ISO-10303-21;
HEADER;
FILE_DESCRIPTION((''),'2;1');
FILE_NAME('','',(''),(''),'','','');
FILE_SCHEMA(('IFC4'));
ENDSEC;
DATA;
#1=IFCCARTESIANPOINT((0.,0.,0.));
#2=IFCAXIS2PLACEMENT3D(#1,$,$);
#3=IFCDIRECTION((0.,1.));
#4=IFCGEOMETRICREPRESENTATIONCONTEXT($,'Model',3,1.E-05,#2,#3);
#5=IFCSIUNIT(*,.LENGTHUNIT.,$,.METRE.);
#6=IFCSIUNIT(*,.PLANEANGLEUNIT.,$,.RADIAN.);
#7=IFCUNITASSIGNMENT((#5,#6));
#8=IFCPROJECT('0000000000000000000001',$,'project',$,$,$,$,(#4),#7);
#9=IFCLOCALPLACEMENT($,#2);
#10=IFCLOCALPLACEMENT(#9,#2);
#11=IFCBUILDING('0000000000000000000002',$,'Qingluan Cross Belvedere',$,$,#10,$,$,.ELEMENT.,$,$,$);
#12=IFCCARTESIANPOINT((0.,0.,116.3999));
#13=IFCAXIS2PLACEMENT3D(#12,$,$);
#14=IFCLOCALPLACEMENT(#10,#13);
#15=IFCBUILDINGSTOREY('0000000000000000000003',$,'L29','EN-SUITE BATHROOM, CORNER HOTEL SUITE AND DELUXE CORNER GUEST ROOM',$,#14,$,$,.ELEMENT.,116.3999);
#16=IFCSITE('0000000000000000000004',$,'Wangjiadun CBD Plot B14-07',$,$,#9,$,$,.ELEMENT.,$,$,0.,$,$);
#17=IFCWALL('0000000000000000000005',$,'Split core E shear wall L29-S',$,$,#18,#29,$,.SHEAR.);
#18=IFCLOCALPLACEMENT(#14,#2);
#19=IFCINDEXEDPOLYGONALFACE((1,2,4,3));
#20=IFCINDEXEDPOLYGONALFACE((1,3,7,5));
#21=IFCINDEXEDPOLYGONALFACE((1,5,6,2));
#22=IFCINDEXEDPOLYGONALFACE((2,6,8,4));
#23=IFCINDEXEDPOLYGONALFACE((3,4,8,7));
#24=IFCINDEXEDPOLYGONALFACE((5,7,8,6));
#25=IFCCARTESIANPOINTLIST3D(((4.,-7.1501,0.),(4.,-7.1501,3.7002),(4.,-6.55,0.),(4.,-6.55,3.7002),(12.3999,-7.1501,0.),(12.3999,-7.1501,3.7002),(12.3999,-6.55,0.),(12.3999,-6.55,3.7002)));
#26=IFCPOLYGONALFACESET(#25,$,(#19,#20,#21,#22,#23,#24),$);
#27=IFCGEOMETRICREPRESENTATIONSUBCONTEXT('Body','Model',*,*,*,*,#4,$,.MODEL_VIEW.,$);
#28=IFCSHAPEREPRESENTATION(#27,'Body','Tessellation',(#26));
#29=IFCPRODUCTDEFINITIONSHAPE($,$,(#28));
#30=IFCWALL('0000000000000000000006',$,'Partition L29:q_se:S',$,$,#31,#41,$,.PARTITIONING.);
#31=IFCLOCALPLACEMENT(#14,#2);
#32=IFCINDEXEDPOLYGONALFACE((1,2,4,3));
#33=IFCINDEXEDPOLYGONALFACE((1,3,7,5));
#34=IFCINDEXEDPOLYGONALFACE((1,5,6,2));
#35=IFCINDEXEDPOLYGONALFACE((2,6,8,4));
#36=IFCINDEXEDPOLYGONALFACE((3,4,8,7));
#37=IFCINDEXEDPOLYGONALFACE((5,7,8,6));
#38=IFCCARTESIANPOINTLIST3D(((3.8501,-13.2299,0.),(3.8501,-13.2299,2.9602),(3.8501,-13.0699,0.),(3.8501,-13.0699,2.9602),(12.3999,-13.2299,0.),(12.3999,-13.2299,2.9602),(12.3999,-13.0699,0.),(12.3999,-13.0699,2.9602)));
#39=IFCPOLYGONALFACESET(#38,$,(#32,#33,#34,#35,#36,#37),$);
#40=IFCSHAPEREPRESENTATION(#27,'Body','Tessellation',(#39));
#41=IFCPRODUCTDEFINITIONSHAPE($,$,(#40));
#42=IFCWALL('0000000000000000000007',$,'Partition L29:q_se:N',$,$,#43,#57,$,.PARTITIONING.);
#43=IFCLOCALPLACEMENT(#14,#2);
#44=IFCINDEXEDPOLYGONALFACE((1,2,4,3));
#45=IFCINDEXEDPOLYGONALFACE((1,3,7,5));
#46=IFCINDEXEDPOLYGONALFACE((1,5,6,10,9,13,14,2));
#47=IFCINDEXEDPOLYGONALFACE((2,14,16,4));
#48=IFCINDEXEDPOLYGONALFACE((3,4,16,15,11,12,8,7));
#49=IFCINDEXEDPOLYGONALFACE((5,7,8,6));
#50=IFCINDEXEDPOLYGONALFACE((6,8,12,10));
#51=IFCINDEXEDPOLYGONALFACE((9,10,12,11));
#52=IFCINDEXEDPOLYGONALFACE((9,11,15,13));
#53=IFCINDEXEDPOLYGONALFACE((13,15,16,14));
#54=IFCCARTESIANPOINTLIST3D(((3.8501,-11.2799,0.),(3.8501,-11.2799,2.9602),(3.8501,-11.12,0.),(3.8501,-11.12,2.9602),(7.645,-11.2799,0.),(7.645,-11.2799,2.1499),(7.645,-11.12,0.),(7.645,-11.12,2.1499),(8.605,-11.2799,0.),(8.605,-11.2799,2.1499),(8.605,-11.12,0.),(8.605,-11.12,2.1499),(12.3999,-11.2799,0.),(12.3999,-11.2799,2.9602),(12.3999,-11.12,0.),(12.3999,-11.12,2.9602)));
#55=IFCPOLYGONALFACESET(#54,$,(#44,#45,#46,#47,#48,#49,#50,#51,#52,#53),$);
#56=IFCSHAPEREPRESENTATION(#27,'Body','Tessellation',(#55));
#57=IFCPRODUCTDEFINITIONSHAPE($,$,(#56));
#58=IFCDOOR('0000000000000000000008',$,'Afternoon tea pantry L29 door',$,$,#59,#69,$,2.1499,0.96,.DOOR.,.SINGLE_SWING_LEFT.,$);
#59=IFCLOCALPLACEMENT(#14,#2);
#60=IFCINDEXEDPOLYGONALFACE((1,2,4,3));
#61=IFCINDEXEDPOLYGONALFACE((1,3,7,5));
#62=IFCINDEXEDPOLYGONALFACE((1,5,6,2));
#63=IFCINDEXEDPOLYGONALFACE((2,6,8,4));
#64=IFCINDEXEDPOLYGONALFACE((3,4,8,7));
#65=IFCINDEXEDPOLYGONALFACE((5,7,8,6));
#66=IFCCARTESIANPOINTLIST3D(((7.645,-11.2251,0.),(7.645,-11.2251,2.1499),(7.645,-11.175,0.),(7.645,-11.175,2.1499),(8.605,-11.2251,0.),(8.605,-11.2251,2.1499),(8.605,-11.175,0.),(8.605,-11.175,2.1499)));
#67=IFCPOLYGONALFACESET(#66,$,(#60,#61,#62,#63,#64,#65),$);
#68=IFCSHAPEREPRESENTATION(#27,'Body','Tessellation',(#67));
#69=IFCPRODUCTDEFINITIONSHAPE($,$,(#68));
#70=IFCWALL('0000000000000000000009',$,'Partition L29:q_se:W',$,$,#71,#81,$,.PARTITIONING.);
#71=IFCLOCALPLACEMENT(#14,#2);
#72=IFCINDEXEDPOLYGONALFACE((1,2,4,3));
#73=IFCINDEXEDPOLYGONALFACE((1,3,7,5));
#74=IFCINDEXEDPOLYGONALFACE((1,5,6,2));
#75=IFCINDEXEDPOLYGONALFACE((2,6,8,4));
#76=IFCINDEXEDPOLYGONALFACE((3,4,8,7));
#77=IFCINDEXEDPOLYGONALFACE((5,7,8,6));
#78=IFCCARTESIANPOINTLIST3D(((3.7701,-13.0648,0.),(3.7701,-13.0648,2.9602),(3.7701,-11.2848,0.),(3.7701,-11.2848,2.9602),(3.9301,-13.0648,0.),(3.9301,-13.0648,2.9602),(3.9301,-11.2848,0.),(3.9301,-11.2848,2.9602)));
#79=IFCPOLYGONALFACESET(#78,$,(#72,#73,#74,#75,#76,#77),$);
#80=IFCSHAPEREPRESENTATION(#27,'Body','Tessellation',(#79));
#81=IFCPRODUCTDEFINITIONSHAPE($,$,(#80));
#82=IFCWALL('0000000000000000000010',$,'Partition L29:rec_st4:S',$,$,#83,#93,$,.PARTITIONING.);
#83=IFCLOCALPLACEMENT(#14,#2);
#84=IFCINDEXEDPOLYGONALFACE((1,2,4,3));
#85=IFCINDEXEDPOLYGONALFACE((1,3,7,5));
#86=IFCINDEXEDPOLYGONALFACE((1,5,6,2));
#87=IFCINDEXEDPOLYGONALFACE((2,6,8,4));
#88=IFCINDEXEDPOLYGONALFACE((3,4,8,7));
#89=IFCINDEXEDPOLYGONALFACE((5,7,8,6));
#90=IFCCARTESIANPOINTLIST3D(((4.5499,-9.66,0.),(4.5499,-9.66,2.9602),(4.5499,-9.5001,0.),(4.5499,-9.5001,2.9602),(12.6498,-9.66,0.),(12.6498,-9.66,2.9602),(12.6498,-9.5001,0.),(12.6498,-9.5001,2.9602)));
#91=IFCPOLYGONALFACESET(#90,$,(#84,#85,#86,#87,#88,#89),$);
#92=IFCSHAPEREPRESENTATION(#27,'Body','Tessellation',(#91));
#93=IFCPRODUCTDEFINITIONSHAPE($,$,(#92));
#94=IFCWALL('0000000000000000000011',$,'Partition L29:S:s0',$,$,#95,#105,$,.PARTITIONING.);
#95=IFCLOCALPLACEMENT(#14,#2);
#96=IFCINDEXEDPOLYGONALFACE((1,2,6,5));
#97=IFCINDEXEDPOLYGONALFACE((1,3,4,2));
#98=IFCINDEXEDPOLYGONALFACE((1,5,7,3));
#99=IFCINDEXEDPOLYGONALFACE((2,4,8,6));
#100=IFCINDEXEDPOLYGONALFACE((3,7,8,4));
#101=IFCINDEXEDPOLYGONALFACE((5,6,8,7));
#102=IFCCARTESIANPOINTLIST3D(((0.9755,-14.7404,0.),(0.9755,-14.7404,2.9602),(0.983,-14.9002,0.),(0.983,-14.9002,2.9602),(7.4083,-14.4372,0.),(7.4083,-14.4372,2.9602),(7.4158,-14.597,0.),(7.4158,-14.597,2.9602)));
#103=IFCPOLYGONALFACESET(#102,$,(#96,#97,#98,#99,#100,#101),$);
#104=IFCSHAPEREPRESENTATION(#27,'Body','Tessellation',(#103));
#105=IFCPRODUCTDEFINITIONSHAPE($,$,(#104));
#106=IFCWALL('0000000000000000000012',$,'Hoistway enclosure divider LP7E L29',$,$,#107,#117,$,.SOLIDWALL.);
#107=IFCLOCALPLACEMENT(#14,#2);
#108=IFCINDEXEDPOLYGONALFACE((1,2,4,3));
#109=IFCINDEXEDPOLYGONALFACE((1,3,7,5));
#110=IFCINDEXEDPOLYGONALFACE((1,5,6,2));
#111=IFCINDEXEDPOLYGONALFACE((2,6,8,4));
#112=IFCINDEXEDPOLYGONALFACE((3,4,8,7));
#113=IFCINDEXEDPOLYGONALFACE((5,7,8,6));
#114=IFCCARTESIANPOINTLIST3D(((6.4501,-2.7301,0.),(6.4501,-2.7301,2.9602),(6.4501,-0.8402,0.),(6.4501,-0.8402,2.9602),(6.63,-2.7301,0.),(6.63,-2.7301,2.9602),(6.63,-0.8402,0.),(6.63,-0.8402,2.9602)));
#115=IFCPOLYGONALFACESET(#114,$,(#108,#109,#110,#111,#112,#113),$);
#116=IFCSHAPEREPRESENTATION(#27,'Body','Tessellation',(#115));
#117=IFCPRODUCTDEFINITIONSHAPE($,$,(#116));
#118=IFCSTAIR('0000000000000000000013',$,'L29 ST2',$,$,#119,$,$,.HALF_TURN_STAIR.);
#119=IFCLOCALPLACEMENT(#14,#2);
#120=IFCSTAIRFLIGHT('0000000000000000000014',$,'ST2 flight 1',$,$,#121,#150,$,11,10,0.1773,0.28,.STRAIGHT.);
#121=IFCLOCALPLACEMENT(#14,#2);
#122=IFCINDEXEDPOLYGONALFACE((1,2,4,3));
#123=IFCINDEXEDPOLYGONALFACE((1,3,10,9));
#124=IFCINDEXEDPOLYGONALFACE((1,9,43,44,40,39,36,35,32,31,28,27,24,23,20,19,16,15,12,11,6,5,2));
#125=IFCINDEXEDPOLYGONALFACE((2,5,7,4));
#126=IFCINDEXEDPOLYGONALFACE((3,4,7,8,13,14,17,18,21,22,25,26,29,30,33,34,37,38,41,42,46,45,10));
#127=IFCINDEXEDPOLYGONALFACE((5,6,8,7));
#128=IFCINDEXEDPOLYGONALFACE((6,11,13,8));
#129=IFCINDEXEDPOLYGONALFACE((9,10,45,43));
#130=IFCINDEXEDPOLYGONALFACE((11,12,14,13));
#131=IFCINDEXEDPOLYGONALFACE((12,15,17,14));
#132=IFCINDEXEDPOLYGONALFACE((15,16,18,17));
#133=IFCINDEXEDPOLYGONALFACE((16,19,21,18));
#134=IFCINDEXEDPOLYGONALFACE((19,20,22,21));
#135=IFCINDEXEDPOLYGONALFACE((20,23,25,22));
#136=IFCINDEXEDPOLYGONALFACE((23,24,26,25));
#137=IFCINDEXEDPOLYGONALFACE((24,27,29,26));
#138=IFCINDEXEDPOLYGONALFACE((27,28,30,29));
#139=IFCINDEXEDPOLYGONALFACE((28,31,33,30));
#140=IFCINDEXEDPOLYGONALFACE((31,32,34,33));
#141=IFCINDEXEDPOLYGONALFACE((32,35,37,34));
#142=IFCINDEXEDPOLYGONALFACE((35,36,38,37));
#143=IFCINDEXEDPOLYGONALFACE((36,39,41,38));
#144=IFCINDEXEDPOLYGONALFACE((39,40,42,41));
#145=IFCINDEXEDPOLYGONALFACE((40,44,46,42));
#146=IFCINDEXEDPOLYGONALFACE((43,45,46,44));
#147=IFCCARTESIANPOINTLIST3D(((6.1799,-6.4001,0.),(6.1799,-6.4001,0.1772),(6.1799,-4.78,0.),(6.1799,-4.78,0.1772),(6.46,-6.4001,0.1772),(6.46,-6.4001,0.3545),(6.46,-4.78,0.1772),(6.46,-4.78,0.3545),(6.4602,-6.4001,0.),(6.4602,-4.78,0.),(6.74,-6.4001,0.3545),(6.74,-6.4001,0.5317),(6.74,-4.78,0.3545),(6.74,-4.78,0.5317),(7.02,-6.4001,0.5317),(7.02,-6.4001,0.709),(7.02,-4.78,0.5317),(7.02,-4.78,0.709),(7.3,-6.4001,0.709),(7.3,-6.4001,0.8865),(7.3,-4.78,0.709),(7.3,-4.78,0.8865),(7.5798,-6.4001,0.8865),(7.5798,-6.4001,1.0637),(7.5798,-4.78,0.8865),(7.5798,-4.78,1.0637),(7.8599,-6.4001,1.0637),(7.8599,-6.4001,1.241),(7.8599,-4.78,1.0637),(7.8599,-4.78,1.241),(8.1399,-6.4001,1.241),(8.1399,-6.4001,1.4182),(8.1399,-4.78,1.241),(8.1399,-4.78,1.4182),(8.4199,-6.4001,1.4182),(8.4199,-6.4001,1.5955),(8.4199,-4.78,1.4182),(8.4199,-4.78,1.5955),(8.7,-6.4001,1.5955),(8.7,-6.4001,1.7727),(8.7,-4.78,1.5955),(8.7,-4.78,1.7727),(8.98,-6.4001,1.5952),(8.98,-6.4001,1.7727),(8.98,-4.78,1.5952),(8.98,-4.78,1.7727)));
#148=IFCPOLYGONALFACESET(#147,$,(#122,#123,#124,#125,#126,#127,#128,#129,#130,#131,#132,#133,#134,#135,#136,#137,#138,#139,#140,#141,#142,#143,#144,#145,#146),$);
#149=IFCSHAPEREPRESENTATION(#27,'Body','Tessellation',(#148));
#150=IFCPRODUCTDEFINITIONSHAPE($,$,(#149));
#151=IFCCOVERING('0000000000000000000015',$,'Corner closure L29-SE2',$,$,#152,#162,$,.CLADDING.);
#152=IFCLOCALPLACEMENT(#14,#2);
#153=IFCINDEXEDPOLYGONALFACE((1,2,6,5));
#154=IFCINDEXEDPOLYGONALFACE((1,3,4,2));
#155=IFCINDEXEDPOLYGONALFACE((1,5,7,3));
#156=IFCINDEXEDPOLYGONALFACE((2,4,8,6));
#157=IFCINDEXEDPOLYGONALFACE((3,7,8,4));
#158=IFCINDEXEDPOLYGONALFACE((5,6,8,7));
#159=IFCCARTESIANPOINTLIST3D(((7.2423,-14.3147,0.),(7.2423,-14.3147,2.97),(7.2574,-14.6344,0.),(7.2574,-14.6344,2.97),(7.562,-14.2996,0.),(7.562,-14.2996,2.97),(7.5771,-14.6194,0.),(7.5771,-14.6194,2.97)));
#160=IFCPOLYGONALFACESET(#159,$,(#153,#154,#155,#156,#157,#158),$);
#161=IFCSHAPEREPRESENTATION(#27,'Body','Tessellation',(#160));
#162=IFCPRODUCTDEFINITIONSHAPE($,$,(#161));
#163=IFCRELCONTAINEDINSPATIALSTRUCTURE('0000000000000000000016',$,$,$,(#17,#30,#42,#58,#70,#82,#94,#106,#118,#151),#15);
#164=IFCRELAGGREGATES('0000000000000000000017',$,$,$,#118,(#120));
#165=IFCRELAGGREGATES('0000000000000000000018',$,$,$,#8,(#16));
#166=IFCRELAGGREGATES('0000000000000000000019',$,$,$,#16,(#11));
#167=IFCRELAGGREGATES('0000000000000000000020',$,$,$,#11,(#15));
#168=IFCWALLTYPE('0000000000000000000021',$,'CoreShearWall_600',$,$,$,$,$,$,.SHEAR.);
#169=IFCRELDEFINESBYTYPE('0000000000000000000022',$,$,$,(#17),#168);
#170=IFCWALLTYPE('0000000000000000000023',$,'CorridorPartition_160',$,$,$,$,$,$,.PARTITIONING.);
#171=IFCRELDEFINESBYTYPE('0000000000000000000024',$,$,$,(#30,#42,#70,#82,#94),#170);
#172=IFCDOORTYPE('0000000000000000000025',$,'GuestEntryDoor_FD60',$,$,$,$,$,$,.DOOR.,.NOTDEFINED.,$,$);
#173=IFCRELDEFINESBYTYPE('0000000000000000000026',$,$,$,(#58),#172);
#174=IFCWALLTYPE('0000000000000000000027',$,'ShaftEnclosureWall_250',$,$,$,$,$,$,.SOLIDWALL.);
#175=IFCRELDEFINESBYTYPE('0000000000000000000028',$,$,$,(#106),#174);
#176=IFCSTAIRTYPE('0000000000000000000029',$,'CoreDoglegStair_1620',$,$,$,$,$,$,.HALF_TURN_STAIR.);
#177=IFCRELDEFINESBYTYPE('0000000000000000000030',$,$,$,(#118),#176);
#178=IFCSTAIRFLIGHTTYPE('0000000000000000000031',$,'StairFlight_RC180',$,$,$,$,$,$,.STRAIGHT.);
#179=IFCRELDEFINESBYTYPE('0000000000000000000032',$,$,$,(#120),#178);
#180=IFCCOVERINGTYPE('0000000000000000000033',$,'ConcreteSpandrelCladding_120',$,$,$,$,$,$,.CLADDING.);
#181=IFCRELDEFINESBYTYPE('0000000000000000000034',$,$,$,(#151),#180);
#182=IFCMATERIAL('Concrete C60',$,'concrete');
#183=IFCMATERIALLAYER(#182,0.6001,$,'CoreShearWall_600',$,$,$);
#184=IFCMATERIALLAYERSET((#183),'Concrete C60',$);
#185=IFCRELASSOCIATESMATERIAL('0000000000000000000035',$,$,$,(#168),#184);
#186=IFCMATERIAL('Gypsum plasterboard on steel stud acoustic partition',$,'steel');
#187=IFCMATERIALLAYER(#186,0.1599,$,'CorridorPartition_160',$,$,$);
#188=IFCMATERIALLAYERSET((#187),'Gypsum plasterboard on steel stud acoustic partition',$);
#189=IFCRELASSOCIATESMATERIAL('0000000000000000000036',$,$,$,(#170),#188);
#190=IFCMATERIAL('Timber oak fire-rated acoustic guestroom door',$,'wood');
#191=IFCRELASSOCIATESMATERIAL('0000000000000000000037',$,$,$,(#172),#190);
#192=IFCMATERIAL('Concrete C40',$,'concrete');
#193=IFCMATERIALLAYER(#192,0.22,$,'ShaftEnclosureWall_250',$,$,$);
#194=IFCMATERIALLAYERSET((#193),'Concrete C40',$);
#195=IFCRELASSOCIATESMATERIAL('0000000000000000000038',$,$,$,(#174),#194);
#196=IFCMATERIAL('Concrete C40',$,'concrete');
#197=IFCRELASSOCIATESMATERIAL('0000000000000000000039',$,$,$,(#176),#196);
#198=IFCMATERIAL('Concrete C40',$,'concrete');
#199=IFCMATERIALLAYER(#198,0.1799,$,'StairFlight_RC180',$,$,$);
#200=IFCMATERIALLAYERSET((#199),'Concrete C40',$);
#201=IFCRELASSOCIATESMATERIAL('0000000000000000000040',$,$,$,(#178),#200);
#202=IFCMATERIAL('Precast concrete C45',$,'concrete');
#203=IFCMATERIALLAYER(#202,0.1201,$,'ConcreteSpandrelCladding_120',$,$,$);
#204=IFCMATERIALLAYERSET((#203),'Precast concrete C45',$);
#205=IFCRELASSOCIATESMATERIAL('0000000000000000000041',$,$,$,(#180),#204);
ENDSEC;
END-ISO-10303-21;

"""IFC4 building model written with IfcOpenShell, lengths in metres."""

from ifc_helpers import new_model, si_unit, direction, frame, frame_2d, origin, origin_2d, place, context, subcontext, project, spatial, polyline, rectangle, outline, extrude, material, layer, layer_set, type_object, element, fill, aggregate, save


model = new_model("IFC4")

# Units and contexts
model_context = context("Model", 3, precision=1e-05, world=origin(), true_north=direction((0.0, 1.0)))
body_context = subcontext(model_context, "Body", "Model", "MODEL_VIEW")
ifc_project = project(units=[si_unit("LENGTHUNIT", "METRE"), si_unit("PLANEANGLEUNIT", "RADIAN")], contexts=[model_context])

# Site, building, storey
site_placement = place(None, origin())
site = spatial("IfcSite", under=ifc_project, at=site_placement, Name="Wangjiadun CBD Plot B14-07", CompositionType="ELEMENT", RefElevation=0.0)
building_placement = place(site_placement, origin())
building = spatial("IfcBuilding", under=site, at=building_placement, Name="Qingluan Cross Belvedere", CompositionType="ELEMENT")
storey_placement = place(building_placement, frame((0.0, 0.0, 116.3999)))
storey = spatial("IfcBuildingStorey", under=building, at=storey_placement, Name="L29", Description="EN-SUITE BATHROOM, CORNER HOTEL SUITE AND DELUXE CORNER GUEST ROOM", CompositionType="ELEMENT", Elevation=116.3999)

# Wall
ifc_material_1 = material(Name="Concrete C60", Category="concrete")
ifc_layer_1 = layer(ifc_material_1, 0.6001, Name="CoreShearWall_600")
ifc_layer_set_1 = layer_set([ifc_layer_1], Name="Concrete C60")
wall_type_1 = type_object("IfcWallType", Name="CoreShearWall_600", PredefinedType="SHEAR", material=ifc_layer_set_1)
wall_1_placement = place(storey_placement, frame((4.0, -6.8501, 0.0), z_axis=(0.0, 0.0, 1.0), x_axis=(1.0, 0.0, 0.0)))
element("IfcWall", 1, at=wall_1_placement, inside=storey, type_object=wall_type_1, Name="Split core E shear wall L29-S", PredefinedType="SHEAR", context=body_context, shape_type="SweptSolid", body=[
    extrude(rectangle(XDim=8.3999, YDim=0.6001, at=frame_2d((4.2, 0.0))), origin(), (0.0, 0.0, 1.0), 3.7002),
])

# Wall
ifc_material_2 = material(Name="Gypsum plasterboard on steel stud acoustic partition", Category="steel")
ifc_layer_2 = layer(ifc_material_2, 0.1599, Name="CorridorPartition_160")
ifc_layer_set_2 = layer_set([ifc_layer_2], Name="Gypsum plasterboard on steel stud acoustic partition")
wall_type_2 = type_object("IfcWallType", Name="CorridorPartition_160", PredefinedType="PARTITIONING", material=ifc_layer_set_2)
wall_2_placement = place(storey_placement, frame((3.8501, -13.1499, 0.0), z_axis=(0.0, 0.0, 1.0), x_axis=(1.0, 0.0, 0.0)))
element("IfcWall", 2, at=wall_2_placement, inside=storey, type_object=wall_type_2, Name="Partition L29:q_se:S", PredefinedType="PARTITIONING", context=body_context, shape_type="SweptSolid", body=[
    extrude(rectangle(XDim=8.5498, YDim=0.1599, at=frame_2d((4.2749, 0.0))), origin(), (0.0, 0.0, 1.0), 2.9602),
])

# Wall, opening, door
wall_3_placement = place(storey_placement, frame((3.8501, -11.2, 0.0), z_axis=(0.0, 0.0, 1.0), x_axis=(1.0, 0.0, 0.0)))
wall_3 = element("IfcWall", 3, at=wall_3_placement, inside=storey, type_object=wall_type_2, Name="Partition L29:q_se:N", PredefinedType="PARTITIONING", context=body_context, shape_type="SweptSolid", body=[
    extrude(rectangle(XDim=8.5498, YDim=0.1599, at=frame_2d((4.2749, 0.0))), origin(), (0.0, 0.0, 1.0), 2.9602),
])
opening_1_placement = place(wall_3_placement, frame((3.7949, 0.0, 0.0)))
opening_1 = element("IfcOpeningElement", 4, at=opening_1_placement, cuts=wall_3, PredefinedType="OPENING", context=body_context, shape_type="SweptSolid", body=[
    extrude(rectangle(XDim=0.96, YDim=2.1499, at=frame_2d((0.48, 1.075))), frame((0.0, 0.0898, 0.0), z_axis=(0.0, -1.0, 0.0), x_axis=(1.0, 0.0, 0.0)), (0.0, 0.0, 1.0), 0.1799),
])
ifc_material_3 = material(Name="Timber oak fire-rated acoustic guestroom door", Category="wood")
door_type_1 = type_object("IfcDoorType", Name="GuestEntryDoor_FD60", OperationType="NOTDEFINED", PredefinedType="DOOR", material=ifc_material_3)
door_1_placement = place(opening_1_placement, origin())
door_1 = element("IfcDoor", 5, at=door_1_placement, inside=storey, type_object=door_type_1, Name="Afternoon tea pantry L29 door", OperationType="SINGLE_SWING_LEFT", OverallHeight=2.1499, OverallWidth=0.96, PredefinedType="DOOR", context=body_context, shape_type="SweptSolid", body=[
    extrude(rectangle(XDim=0.96, YDim=2.1499, at=frame_2d((0.48, 1.075))), frame((0.0, 0.0249, 0.0), z_axis=(0.0, -1.0, 0.0), x_axis=(1.0, 0.0, 0.0)), (0.0, 0.0, 1.0), 0.05),
])
fill(opening_1, door_1)

# Walls
wall_4_placement = place(storey_placement, frame((3.8501, -13.0649, 0.0), z_axis=(0.0, 0.0, 1.0), x_axis=(0.0, 1.0, 0.0)))
element("IfcWall", 6, at=wall_4_placement, inside=storey, type_object=wall_type_2, Name="Partition L29:q_se:W", PredefinedType="PARTITIONING", context=body_context, shape_type="SweptSolid", body=[
    extrude(rectangle(XDim=1.78, YDim=0.1599, at=frame_2d((0.8901, 0.0))), origin(), (0.0, 0.0, 1.0), 2.9602),
])
wall_5_placement = place(storey_placement, frame((4.55, -9.5801, 0.0), z_axis=(0.0, 0.0, 1.0), x_axis=(1.0, 0.0, 0.0)))
element("IfcWall", 7, at=wall_5_placement, inside=storey, type_object=wall_type_2, Name="Partition L29:rec_st4:S", PredefinedType="PARTITIONING", context=body_context, shape_type="SweptSolid", body=[
    extrude(rectangle(XDim=8.0999, YDim=0.1599, at=frame_2d((4.0498, 0.0))), origin(), (0.0, 0.0, 1.0), 2.9602),
])

# Walls
wall_6_placement = place(storey_placement, frame((0.9792, -14.8203, 0.0), z_axis=(0.0, 0.0, 1.0), x_axis=(0.998891, 0.047084, 0.0)))
element("IfcWall", 8, at=wall_6_placement, inside=storey, type_object=wall_type_2, Name="Partition L29:S:s0", PredefinedType="PARTITIONING", context=body_context, shape_type="SweptSolid", body=[
    extrude(rectangle(XDim=6.4399, YDim=0.1599, at=frame_2d((3.22, 0.0))), origin(), (0.0, 0.0, 1.0), 2.9602),
])
ifc_material_4 = material(Name="Concrete C40", Category="concrete")
ifc_layer_3 = layer(ifc_material_4, 0.22, Name="ShaftEnclosureWall_250")
ifc_layer_set_3 = layer_set([ifc_layer_3], Name="Concrete C40")
wall_type_3 = type_object("IfcWallType", Name="ShaftEnclosureWall_250", PredefinedType="SOLIDWALL", material=ifc_layer_set_3)
wall_7_placement = place(storey_placement, frame((6.54, -2.73, 0.0), z_axis=(0.0, 0.0, 1.0), x_axis=(0.0, 1.0, 0.0)))
element("IfcWall", 9, at=wall_7_placement, inside=storey, type_object=wall_type_3, Name="Hoistway enclosure divider LP7E L29", PredefinedType="SOLIDWALL", context=body_context, shape_type="SweptSolid", body=[
    extrude(rectangle(XDim=1.8899, YDim=0.1799, at=frame_2d((0.9448, 0.0))), origin(), (0.0, 0.0, 1.0), 2.9602),
])

# Stair, stair flight
ifc_material_5 = material(Name="Concrete C40", Category="concrete")
stair_type = type_object("IfcStairType", Name="CoreDoglegStair_1620", PredefinedType="HALF_TURN_STAIR", material=ifc_material_5)
stair_placement = place(storey_placement, origin())
stair = element("IfcStair", 10, at=stair_placement, inside=storey, type_object=stair_type, Name="L29 ST2", PredefinedType="HALF_TURN_STAIR")
ifc_material_6 = material(Name="Concrete C40", Category="concrete")
ifc_layer_4 = layer(ifc_material_6, 0.1799, Name="StairFlight_RC180")
ifc_layer_set_4 = layer_set([ifc_layer_4], Name="Concrete C40")
stair_flight_type = type_object("IfcStairFlightType", Name="StairFlight_RC180", PredefinedType="STRAIGHT", material=ifc_layer_set_4)
stair_flight_placement = place(storey_placement, frame((6.1799, -5.5901, 0.0), z_axis=(0.0, 0.0, 1.0), x_axis=(1.0, 0.0, 0.0)))
stair_flight = element("IfcStairFlight", 11, at=stair_flight_placement, type_object=stair_flight_type, Name="ST2 flight 1", NumberOfRisers=11, NumberOfTreads=10, PredefinedType="STRAIGHT", RiserHeight=0.1773, TreadLength=0.28, context=body_context, shape_type="SweptSolid", body=[
    extrude(outline(polyline([(0.0, 0.0), (0.0, 0.1772), (0.28, 0.1772), (0.28, 0.3545), (0.5601, 0.3545), (0.5601, 0.5317), (0.8401, 0.5317), (0.8401, 0.709), (1.1201, 0.709), (1.1201, 0.8865), (1.3999, 0.8865), (1.3999, 1.0637), (1.6799, 1.0637), (1.6799, 1.241), (1.96, 1.241), (1.96, 1.4182), (2.24, 1.4182), (2.24, 1.5955), (2.52, 1.5955), (2.52, 1.7727), (2.8, 1.7727), (2.8, 1.95), (2.8, 1.5952), (0.2803, 0.0), (0.0, 0.0)])), frame((0.0, 0.8101, 0.0), z_axis=(0.0, -1.0, 0.0), x_axis=(1.0, 0.0, 0.0)), (0.0, 0.0, 1.0), 1.6201),
])
aggregate(stair, [stair_flight])

# Covering
ifc_material_7 = material(Name="Precast concrete C45", Category="concrete")
ifc_layer_5 = layer(ifc_material_7, 0.1201, Name="ConcreteSpandrelCladding_120")
ifc_layer_set_5 = layer_set([ifc_layer_5], Name="Precast concrete C45")
covering_type = type_object("IfcCoveringType", Name="ConcreteSpandrelCladding_120", PredefinedType="CLADDING", material=ifc_layer_set_5)
covering_placement = place(storey_placement, frame((7.4097, -14.467, 0.0), z_axis=(0.0, 0.0, 1.0), x_axis=(0.99889, 0.047106, 0.0)))
element("IfcCovering", 12, at=covering_placement, inside=storey, type_object=covering_type, Name="Corner closure L29-SE2", PredefinedType="CLADDING", context=body_context, shape_type="SweptSolid", body=[
    extrude(rectangle(XDim=0.3201, YDim=0.3201, at=origin_2d()), origin(), (0.0, 0.0, 1.0), 2.97),
])

save(model, "model.ifc")
